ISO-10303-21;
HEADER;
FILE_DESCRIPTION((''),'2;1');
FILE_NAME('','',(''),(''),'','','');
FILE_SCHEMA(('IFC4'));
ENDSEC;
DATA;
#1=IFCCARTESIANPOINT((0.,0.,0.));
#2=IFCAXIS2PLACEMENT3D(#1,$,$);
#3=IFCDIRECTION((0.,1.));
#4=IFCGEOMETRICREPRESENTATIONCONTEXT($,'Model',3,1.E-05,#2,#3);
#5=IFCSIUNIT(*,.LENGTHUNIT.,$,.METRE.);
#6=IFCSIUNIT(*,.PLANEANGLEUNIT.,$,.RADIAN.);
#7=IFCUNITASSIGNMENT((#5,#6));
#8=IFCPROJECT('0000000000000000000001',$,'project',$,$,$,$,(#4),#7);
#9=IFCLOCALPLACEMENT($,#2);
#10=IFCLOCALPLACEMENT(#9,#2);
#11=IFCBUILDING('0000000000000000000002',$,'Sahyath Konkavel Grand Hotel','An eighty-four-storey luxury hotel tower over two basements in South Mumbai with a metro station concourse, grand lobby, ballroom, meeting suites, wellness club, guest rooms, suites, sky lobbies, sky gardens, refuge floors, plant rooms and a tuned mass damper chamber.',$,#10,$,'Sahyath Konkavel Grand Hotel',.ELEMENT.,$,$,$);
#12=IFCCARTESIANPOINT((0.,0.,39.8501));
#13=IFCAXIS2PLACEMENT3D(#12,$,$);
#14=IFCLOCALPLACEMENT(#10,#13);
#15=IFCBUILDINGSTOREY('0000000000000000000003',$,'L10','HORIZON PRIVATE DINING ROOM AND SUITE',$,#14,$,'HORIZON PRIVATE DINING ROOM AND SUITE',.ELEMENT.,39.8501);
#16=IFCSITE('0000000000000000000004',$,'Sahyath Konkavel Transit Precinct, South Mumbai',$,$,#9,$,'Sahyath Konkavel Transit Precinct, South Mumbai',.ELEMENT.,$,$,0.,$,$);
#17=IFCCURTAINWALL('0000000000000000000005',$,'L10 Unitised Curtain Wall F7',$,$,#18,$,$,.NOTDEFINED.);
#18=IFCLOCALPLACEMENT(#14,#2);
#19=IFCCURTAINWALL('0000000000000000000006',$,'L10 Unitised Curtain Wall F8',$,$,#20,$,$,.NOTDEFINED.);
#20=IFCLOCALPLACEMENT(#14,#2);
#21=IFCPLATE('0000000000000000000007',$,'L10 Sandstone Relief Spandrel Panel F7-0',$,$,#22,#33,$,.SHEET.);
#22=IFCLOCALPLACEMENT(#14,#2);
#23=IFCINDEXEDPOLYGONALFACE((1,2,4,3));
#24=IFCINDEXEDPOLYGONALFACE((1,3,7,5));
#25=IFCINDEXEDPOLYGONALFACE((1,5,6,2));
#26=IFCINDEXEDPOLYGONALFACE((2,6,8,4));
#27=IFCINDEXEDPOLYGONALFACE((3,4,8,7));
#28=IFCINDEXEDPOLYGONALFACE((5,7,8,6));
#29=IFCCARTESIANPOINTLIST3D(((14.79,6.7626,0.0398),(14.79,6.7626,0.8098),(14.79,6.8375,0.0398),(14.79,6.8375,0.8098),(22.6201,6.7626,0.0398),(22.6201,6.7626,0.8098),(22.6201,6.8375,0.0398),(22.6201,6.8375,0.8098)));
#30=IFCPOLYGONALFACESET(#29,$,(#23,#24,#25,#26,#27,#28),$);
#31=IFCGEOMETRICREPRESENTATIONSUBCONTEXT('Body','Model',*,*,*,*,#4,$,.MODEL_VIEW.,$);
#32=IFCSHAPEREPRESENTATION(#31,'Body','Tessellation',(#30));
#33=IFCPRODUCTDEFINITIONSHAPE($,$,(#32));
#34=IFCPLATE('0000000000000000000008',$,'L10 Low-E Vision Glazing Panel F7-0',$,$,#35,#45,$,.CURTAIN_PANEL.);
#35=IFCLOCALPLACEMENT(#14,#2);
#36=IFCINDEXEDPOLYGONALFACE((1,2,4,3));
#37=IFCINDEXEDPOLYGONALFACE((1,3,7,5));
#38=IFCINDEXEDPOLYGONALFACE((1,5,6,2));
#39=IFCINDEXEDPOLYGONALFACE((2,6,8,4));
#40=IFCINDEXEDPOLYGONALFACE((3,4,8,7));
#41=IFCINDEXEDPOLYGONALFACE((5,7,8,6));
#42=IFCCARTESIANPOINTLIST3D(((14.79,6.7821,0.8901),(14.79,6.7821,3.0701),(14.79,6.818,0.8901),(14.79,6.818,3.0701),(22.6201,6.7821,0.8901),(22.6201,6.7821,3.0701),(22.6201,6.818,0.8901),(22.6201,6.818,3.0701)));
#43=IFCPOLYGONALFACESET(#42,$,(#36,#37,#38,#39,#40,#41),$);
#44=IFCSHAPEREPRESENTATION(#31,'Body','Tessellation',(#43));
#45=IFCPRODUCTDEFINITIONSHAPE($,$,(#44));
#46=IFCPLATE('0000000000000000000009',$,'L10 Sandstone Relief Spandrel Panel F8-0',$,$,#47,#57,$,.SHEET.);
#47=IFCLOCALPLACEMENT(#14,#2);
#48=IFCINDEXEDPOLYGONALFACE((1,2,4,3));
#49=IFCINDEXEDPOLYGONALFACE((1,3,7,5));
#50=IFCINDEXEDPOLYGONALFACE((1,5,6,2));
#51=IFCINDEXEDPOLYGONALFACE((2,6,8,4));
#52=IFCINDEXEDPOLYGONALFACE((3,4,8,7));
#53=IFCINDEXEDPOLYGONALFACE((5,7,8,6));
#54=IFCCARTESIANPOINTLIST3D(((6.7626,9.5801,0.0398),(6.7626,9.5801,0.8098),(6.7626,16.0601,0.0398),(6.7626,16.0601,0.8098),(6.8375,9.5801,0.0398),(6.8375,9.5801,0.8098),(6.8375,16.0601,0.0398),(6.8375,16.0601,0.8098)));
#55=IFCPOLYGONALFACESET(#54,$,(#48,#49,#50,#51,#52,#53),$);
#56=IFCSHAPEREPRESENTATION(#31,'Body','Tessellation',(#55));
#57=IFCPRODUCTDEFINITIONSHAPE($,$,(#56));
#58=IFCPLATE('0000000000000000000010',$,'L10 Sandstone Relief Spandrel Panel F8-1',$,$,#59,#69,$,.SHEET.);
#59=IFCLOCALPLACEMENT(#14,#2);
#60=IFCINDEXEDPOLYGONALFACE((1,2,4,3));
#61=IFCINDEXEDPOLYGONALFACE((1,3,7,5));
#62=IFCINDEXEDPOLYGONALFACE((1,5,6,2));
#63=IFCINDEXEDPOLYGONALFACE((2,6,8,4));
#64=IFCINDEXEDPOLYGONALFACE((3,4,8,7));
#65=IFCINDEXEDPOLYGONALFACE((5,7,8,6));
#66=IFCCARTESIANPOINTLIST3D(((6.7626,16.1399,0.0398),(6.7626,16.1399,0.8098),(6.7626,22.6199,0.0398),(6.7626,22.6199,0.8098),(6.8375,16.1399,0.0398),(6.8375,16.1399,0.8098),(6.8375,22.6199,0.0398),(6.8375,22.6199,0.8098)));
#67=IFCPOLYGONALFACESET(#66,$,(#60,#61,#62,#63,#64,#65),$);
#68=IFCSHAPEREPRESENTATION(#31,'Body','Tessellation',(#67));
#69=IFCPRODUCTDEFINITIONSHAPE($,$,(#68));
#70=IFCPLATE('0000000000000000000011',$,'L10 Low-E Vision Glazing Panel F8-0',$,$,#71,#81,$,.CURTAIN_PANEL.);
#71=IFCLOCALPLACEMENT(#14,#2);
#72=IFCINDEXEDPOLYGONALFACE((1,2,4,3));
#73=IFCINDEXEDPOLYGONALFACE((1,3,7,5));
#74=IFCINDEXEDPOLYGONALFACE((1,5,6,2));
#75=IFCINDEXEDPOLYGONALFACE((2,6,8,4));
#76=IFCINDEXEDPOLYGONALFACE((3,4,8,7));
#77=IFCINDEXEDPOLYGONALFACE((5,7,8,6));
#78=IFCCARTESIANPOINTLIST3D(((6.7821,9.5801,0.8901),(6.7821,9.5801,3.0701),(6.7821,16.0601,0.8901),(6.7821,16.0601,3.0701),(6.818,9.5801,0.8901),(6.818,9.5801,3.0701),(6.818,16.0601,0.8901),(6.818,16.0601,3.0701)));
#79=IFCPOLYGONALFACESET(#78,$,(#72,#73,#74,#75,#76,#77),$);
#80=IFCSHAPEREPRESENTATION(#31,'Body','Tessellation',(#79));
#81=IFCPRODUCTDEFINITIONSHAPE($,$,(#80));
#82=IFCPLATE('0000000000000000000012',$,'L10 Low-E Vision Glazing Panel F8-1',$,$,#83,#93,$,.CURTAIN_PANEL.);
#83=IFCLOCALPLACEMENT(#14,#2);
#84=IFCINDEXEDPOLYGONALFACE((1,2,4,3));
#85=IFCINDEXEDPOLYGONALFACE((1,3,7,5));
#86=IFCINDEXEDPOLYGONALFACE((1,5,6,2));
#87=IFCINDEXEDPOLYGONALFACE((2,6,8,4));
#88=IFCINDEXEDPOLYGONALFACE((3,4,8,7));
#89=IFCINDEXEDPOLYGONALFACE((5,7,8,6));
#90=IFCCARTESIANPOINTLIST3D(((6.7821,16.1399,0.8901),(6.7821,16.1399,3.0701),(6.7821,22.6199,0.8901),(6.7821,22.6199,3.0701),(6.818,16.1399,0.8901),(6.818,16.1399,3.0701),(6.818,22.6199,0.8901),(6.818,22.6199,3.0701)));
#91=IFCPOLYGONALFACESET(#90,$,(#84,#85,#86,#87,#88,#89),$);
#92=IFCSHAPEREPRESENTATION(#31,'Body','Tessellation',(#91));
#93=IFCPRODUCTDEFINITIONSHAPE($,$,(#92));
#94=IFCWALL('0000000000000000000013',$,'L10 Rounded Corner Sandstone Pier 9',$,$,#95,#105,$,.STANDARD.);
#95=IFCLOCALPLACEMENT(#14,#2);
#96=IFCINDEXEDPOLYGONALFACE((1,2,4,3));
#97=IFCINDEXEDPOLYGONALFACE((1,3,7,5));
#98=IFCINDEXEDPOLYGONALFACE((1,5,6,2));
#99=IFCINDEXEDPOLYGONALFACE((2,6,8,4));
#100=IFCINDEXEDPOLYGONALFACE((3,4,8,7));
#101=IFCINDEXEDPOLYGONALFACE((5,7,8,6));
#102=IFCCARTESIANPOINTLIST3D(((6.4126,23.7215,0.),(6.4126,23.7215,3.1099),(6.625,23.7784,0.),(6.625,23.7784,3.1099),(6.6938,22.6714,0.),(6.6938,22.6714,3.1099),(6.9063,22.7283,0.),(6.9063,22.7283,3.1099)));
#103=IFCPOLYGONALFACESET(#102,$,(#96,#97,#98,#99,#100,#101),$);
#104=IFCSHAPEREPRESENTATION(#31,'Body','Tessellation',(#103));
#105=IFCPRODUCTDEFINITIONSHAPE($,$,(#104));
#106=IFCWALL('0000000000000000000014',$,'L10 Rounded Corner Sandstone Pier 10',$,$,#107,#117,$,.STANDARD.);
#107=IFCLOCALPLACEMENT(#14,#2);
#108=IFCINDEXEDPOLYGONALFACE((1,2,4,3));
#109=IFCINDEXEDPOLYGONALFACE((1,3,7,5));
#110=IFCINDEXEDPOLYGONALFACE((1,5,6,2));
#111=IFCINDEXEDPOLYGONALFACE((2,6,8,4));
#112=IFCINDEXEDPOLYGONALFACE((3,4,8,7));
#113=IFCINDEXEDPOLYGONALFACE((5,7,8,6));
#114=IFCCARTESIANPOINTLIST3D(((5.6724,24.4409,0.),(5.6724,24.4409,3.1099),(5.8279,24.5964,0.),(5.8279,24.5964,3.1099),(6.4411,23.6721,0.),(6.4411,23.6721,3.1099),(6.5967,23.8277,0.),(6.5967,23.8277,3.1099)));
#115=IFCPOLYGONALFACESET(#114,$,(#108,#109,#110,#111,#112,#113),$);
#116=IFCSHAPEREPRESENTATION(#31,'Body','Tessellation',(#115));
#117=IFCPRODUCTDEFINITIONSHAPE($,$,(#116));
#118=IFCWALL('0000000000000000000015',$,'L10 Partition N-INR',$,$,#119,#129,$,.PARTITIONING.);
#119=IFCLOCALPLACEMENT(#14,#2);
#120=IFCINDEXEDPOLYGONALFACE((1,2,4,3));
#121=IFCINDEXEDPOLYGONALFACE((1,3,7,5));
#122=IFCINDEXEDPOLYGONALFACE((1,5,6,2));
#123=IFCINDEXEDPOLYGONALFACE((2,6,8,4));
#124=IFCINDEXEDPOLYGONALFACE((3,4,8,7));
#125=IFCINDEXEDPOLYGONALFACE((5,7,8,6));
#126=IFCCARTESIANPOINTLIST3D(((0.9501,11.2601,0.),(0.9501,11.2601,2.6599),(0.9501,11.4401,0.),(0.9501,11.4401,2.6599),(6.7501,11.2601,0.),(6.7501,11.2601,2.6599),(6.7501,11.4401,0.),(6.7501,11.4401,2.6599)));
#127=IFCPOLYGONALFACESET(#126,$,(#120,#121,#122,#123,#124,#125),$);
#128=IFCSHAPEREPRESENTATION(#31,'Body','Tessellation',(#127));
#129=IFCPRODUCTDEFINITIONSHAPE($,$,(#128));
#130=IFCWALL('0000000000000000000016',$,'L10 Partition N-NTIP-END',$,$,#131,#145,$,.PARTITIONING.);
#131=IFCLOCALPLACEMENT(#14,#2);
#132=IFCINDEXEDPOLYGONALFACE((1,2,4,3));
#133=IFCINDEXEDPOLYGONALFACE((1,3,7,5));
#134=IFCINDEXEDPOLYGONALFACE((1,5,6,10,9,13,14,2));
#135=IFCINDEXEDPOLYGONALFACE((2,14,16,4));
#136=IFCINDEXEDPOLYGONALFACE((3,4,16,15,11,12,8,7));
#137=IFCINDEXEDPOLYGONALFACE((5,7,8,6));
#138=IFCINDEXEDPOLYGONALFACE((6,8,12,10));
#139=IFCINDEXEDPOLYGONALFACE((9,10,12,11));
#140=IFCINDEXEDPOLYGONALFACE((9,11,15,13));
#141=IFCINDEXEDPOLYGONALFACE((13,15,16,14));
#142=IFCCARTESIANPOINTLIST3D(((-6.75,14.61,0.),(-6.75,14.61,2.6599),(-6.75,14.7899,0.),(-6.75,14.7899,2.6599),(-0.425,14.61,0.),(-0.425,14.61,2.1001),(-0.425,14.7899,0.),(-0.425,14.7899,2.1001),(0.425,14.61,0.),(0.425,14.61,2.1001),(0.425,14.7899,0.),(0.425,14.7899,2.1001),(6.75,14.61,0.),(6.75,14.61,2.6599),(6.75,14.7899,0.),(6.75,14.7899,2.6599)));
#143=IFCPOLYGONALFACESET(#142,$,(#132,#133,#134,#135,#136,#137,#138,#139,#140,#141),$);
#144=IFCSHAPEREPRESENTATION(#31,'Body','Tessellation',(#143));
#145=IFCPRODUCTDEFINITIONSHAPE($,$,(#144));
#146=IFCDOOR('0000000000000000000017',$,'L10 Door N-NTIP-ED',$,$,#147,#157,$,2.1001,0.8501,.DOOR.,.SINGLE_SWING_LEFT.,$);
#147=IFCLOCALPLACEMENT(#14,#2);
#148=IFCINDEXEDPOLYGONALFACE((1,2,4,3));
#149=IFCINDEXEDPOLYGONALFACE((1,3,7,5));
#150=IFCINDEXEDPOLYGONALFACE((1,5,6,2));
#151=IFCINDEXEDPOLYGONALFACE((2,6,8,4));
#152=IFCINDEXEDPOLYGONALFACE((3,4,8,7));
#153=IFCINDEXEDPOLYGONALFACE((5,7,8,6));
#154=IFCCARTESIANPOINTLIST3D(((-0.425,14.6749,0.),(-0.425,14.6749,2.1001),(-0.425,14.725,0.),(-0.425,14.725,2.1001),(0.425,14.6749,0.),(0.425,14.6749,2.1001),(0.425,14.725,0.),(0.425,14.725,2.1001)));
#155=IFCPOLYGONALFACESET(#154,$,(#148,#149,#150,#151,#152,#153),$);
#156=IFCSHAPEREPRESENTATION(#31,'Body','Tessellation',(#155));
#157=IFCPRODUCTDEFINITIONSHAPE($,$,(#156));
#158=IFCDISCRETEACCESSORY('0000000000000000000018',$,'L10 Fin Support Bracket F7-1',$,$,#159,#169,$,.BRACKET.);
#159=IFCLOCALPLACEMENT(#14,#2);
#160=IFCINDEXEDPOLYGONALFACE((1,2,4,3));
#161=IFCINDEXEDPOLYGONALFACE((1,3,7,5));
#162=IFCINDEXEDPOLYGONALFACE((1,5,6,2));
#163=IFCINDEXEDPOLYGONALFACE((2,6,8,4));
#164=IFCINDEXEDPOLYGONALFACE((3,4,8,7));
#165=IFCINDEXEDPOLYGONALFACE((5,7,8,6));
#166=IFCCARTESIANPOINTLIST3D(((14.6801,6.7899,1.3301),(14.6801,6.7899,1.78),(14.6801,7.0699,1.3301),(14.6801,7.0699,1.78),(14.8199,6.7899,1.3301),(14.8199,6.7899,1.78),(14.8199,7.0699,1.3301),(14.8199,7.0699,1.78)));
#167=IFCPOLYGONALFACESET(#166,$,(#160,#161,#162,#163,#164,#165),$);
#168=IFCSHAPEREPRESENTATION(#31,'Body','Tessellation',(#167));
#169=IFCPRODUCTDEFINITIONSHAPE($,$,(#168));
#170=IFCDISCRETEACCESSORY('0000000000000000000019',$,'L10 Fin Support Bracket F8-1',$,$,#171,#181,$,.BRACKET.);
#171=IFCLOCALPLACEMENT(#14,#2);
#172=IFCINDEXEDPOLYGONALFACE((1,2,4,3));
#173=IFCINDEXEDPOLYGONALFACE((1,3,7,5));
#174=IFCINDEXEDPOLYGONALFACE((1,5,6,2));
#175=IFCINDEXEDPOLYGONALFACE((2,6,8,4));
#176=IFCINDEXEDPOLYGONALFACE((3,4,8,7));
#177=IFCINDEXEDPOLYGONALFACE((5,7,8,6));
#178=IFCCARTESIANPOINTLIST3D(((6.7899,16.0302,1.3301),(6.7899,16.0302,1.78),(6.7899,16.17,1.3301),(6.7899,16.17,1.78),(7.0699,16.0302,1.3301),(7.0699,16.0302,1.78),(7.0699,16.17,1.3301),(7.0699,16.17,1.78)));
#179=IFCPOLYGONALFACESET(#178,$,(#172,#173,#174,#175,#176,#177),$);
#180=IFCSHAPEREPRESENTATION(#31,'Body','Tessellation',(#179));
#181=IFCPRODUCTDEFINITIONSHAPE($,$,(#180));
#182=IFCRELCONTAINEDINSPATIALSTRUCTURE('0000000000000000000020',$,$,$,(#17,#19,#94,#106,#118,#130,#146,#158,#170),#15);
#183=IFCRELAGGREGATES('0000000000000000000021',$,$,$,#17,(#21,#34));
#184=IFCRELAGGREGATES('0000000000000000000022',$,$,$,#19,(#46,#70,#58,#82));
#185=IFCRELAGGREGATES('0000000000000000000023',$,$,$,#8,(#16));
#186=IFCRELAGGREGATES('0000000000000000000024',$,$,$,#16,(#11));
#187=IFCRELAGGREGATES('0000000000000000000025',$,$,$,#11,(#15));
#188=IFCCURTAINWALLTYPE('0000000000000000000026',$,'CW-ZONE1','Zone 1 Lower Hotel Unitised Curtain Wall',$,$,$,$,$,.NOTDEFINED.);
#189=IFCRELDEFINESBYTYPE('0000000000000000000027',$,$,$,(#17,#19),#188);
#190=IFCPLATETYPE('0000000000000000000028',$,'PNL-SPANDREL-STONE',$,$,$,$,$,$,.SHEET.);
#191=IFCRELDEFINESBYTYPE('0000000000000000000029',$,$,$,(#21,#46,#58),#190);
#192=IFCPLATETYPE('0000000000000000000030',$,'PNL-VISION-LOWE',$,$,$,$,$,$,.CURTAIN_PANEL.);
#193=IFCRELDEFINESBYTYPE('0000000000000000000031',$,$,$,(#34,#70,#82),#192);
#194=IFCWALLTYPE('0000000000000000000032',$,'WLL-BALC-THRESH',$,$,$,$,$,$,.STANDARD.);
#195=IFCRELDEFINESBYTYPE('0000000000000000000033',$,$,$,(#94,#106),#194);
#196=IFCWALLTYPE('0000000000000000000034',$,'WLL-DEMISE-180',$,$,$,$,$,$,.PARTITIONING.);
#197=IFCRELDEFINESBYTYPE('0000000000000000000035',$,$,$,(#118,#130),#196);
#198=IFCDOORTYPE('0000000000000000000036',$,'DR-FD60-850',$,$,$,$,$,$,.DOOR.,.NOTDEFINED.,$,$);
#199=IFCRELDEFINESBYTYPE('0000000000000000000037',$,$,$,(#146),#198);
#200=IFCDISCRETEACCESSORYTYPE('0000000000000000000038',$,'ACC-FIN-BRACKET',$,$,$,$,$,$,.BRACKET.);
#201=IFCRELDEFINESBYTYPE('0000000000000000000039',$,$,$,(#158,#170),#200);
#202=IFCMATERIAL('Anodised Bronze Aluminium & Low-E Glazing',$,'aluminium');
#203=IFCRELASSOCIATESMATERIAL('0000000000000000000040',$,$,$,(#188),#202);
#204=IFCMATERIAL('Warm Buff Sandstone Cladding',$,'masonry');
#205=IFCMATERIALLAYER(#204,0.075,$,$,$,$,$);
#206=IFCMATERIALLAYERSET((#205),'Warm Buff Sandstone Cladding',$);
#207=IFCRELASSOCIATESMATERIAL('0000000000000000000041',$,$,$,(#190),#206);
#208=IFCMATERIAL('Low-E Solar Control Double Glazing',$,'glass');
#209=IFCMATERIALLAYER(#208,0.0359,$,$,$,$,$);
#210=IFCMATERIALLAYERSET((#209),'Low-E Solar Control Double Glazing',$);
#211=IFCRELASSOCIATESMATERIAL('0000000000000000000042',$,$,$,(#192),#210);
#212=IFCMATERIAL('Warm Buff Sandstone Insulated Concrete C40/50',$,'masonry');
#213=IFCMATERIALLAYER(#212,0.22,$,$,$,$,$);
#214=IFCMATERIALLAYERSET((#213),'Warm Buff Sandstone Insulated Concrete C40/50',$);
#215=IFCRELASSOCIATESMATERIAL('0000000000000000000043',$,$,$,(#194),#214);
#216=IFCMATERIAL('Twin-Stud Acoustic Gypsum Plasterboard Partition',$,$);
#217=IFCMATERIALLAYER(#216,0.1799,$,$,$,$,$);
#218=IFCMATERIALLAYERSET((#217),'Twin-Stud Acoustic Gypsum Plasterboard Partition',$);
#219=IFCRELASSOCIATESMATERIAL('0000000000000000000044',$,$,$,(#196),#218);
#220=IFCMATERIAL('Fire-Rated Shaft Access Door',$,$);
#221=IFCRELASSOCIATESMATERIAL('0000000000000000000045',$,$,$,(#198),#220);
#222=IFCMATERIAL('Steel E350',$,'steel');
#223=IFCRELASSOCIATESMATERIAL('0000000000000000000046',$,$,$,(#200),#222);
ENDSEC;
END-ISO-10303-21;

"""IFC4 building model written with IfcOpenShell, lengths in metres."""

from ifc_helpers import new_model, si_unit, direction, frame, frame_2d, origin, origin_2d, place, context, subcontext, project, spatial, rectangle, extrude, source, transform, mapped, material, layer, layer_set, type_object, element, fill, aggregate, save


model = new_model("IFC4")

# Units and contexts
model_context = context("Model", 3, precision=1e-05, world=origin(), true_north=direction((0.0, 1.0)))
body_context = subcontext(model_context, "Body", "Model", "MODEL_VIEW")
ifc_project = project(units=[si_unit("LENGTHUNIT", "METRE"), si_unit("PLANEANGLEUNIT", "RADIAN")], contexts=[model_context])

# Site, building, storey
site_placement = place(None, origin())
site = spatial("IfcSite", under=ifc_project, at=site_placement, Name="Sahyath Konkavel Transit Precinct, South Mumbai", LongName="Sahyath Konkavel Transit Precinct, South Mumbai", CompositionType="ELEMENT", RefElevation=0.0)
building_placement = place(site_placement, origin())
building = spatial("IfcBuilding", under=site, at=building_placement, Name="Sahyath Konkavel Grand Hotel", Description="An eighty-four-storey luxury hotel tower over two basements in South Mumbai with a metro station concourse, grand lobby, ballroom, meeting suites, wellness club, guest rooms, suites, sky lobbies, sky gardens, refuge floors, plant rooms and a tuned mass damper chamber.", LongName="Sahyath Konkavel Grand Hotel", CompositionType="ELEMENT")
storey_placement = place(building_placement, frame((0.0, 0.0, 39.8501)))
storey = spatial("IfcBuildingStorey", under=building, at=storey_placement, Name="L10", Description="HORIZON PRIVATE DINING ROOM AND SUITE", LongName="HORIZON PRIVATE DINING ROOM AND SUITE", CompositionType="ELEMENT", Elevation=39.8501)

# Curtain walls
ifc_material_1 = material(Name="Anodised Bronze Aluminium & Low-E Glazing", Category="aluminium")
curtain_wall_type = type_object("IfcCurtainWallType", Name="CW-ZONE1", Description="Zone 1 Lower Hotel Unitised Curtain Wall", PredefinedType="NOTDEFINED", material=ifc_material_1)
curtain_wall_1_placement = place(storey_placement, origin())
curtain_wall_1 = element("IfcCurtainWall", 1, at=curtain_wall_1_placement, inside=storey, type_object=curtain_wall_type, Name="L10 Unitised Curtain Wall F7", PredefinedType="NOTDEFINED")
curtain_wall_2_placement = place(storey_placement, origin())
curtain_wall_2 = element("IfcCurtainWall", 2, at=curtain_wall_2_placement, inside=storey, type_object=curtain_wall_type, Name="L10 Unitised Curtain Wall F8", PredefinedType="NOTDEFINED")

# Plates
ifc_material_2 = material(Name="Warm Buff Sandstone Cladding", Category="masonry")
ifc_layer_1 = layer(ifc_material_2, 0.075)
ifc_layer_set_1 = layer_set([ifc_layer_1], Name="Warm Buff Sandstone Cladding")
plate_type_1 = type_object("IfcPlateType", Name="PNL-SPANDREL-STONE", PredefinedType="SHEET", material=ifc_layer_set_1)
shared_shape_1 = source(origin(), body_context, "Body", "SweptSolid", [
    extrude(rectangle(XDim=7.8301, YDim=0.075, at=origin_2d()), origin(), (0.0, 0.0, 1.0), 0.77),
])
plate_1_placement = place(storey_placement, frame((18.7051, 6.8, 0.0398), z_axis=(0.0, 0.0, 1.0), x_axis=(-1.0, 0.0, 0.0)))
plate_1 = element("IfcPlate", 3, at=plate_1_placement, type_object=plate_type_1, Name="L10 Sandstone Relief Spandrel Panel F7-0", PredefinedType="SHEET", context=body_context, shape_type="MappedRepresentation", body=[
    mapped(shared_shape_1, transform((0.0, 0.0, 0.0), scale=1.0)),
])
ifc_material_3 = material(Name="Low-E Solar Control Double Glazing", Category="glass")
ifc_layer_2 = layer(ifc_material_3, 0.0359)
ifc_layer_set_2 = layer_set([ifc_layer_2], Name="Low-E Solar Control Double Glazing")
plate_type_2 = type_object("IfcPlateType", Name="PNL-VISION-LOWE", PredefinedType="CURTAIN_PANEL", material=ifc_layer_set_2)
shared_shape_2 = source(origin(), body_context, "Body", "SweptSolid", [
    extrude(rectangle(XDim=7.8301, YDim=0.0359, at=origin_2d()), origin(), (0.0, 0.0, 1.0), 2.1799),
])
plate_2_placement = place(storey_placement, frame((18.7051, 6.8, 0.8901), z_axis=(0.0, 0.0, 1.0), x_axis=(-1.0, 0.0, 0.0)))
plate_2 = element("IfcPlate", 4, at=plate_2_placement, type_object=plate_type_2, Name="L10 Low-E Vision Glazing Panel F7-0", PredefinedType="CURTAIN_PANEL", context=body_context, shape_type="MappedRepresentation", body=[
    mapped(shared_shape_2, transform((0.0, 0.0, 0.0), scale=1.0)),
])
aggregate(curtain_wall_1, [plate_1, plate_2])
shared_shape_3 = source(origin(), body_context, "Body", "SweptSolid", [
    extrude(rectangle(XDim=6.48, YDim=0.075, at=origin_2d()), origin(), (0.0, 0.0, 1.0), 0.77),
])
plate_3_placement = place(storey_placement, frame((6.8, 12.8201, 0.0398), z_axis=(0.0, 0.0, 1.0), x_axis=(0.0, 1.0, 0.0)))
plate_3 = element("IfcPlate", 5, at=plate_3_placement, type_object=plate_type_1, Name="L10 Sandstone Relief Spandrel Panel F8-0", PredefinedType="SHEET", context=body_context, shape_type="MappedRepresentation", body=[
    mapped(shared_shape_3, transform((0.0, 0.0, 0.0), scale=1.0)),
])
plate_4_placement = place(storey_placement, frame((6.8, 19.3799, 0.0398), z_axis=(0.0, 0.0, 1.0), x_axis=(0.0, 1.0, 0.0)))
plate_4 = element("IfcPlate", 6, at=plate_4_placement, type_object=plate_type_1, Name="L10 Sandstone Relief Spandrel Panel F8-1", PredefinedType="SHEET", context=body_context, shape_type="MappedRepresentation", body=[
    mapped(shared_shape_3, transform((0.0, 0.0, 0.0), scale=1.0)),
])
shared_shape_4 = source(origin(), body_context, "Body", "SweptSolid", [
    extrude(rectangle(XDim=6.48, YDim=0.0359, at=origin_2d()), origin(), (0.0, 0.0, 1.0), 2.1799),
])
plate_5_placement = place(storey_placement, frame((6.8, 12.8201, 0.8901), z_axis=(0.0, 0.0, 1.0), x_axis=(0.0, 1.0, 0.0)))
plate_5 = element("IfcPlate", 7, at=plate_5_placement, type_object=plate_type_2, Name="L10 Low-E Vision Glazing Panel F8-0", PredefinedType="CURTAIN_PANEL", context=body_context, shape_type="MappedRepresentation", body=[
    mapped(shared_shape_4, transform((0.0, 0.0, 0.0), scale=1.0)),
])
plate_6_placement = place(storey_placement, frame((6.8, 19.3799, 0.8901), z_axis=(0.0, 0.0, 1.0), x_axis=(0.0, 1.0, 0.0)))
plate_6 = element("IfcPlate", 8, at=plate_6_placement, type_object=plate_type_2, Name="L10 Low-E Vision Glazing Panel F8-1", PredefinedType="CURTAIN_PANEL", context=body_context, shape_type="MappedRepresentation", body=[
    mapped(shared_shape_4, transform((0.0, 0.0, 0.0), scale=1.0)),
])
aggregate(curtain_wall_2, [plate_3, plate_5, plate_4, plate_6])

# Walls
ifc_material_4 = material(Name="Warm Buff Sandstone Insulated Concrete C40/50", Category="masonry")
ifc_layer_3 = layer(ifc_material_4, 0.22)
ifc_layer_set_3 = layer_set([ifc_layer_3], Name="Warm Buff Sandstone Insulated Concrete C40/50")
wall_type_1 = type_object("IfcWallType", Name="WLL-BALC-THRESH", PredefinedType="STANDARD", material=ifc_layer_set_3)
for number, where, z_axis, x_axis, name in (
    (9, (6.8, 22.7, 0.0), (0.0, 0.0, 1.0), (-0.258725, 0.965951, 0.0), "L10 Rounded Corner Sandstone Pier 9"),
    (10, (6.5188, 23.75, 0.0), (0.0, 0.0, 1.0), (-0.707107, 0.707107, 0.0), "L10 Rounded Corner Sandstone Pier 10"),
):
    element("IfcWall", number, at=place(storey_placement, frame(where, z_axis=z_axis, x_axis=x_axis)), inside=storey, type_object=wall_type_1, Name=name, PredefinedType="STANDARD", context=body_context, shape_type="SweptSolid", body=[
        extrude(rectangle(XDim=1.0872, YDim=0.22, at=frame_2d((0.5435, 0.0))), origin(), (0.0, 0.0, 1.0), 3.1099),
    ])
ifc_material_5 = material(Name="Twin-Stud Acoustic Gypsum Plasterboard Partition")
ifc_layer_4 = layer(ifc_material_5, 0.1799)
ifc_layer_set_4 = layer_set([ifc_layer_4], Name="Twin-Stud Acoustic Gypsum Plasterboard Partition")
wall_type_2 = type_object("IfcWallType", Name="WLL-DEMISE-180", PredefinedType="PARTITIONING", material=ifc_layer_set_4)
wall_1_placement = place(storey_placement, frame((6.75, 11.3501, 0.0), z_axis=(0.0, 0.0, 1.0), x_axis=(-1.0, 0.0, 0.0)))
element("IfcWall", 11, at=wall_1_placement, inside=storey, type_object=wall_type_2, Name="L10 Partition N-INR", PredefinedType="PARTITIONING", context=body_context, shape_type="SweptSolid", body=[
    extrude(rectangle(XDim=5.8, YDim=0.1799, at=frame_2d((2.8999, 0.0))), origin(), (0.0, 0.0, 1.0), 2.6599),
])

# Wall, opening, door
wall_2_placement = place(storey_placement, frame((6.75, 14.7, 0.0), z_axis=(0.0, 0.0, 1.0), x_axis=(-1.0, 0.0, 0.0)))
wall_2 = element("IfcWall", 12, at=wall_2_placement, inside=storey, type_object=wall_type_2, Name="L10 Partition N-NTIP-END", PredefinedType="PARTITIONING", context=body_context, shape_type="SweptSolid", body=[
    extrude(rectangle(XDim=13.5, YDim=0.1799, at=frame_2d((6.75, 0.0))), origin(), (0.0, 0.0, 1.0), 2.6599),
])
opening_placement = place(wall_2_placement, frame((6.325, 0.0, 0.0)))
opening = element("IfcOpeningElement", 13, at=opening_placement, cuts=wall_2, PredefinedType="OPENING", context=body_context, shape_type="SweptSolid", body=[
    extrude(rectangle(XDim=0.8501, YDim=2.1001, at=frame_2d((0.425, 1.05))), frame((0.0, 0.1001, 0.0), z_axis=(0.0, -1.0, 0.0), x_axis=(1.0, 0.0, 0.0)), (0.0, 0.0, 1.0), 0.2),
])
ifc_material_6 = material(Name="Fire-Rated Shaft Access Door")
door_type = type_object("IfcDoorType", Name="DR-FD60-850", OperationType="NOTDEFINED", PredefinedType="DOOR", material=ifc_material_6)
shared_shape_5 = source(origin(), body_context, "Body", "SweptSolid", [
    extrude(rectangle(XDim=0.8501, YDim=0.05, at=origin_2d()), origin(), (0.0, 0.0, 1.0), 2.1001),
])
door_placement = place(opening_placement, frame((0.425, 0.0, 0.0)))
door = element("IfcDoor", 14, at=door_placement, inside=storey, type_object=door_type, Name="L10 Door N-NTIP-ED", OperationType="SINGLE_SWING_LEFT", OverallHeight=2.1001, OverallWidth=0.8501, PredefinedType="DOOR", context=body_context, shape_type="MappedRepresentation", body=[
    mapped(shared_shape_5, transform((0.0, 0.0, 0.0), scale=1.0)),
])
fill(opening, door)

# Discrete accessories
ifc_material_7 = material(Name="Steel E350", Category="steel")
discrete_accessory_type = type_object("IfcDiscreteAccessoryType", Name="ACC-FIN-BRACKET", PredefinedType="BRACKET", material=ifc_material_7)
shared_shape_6 = source(origin(), body_context, "Body", "SweptSolid", [
    extrude(rectangle(XDim=0.28, YDim=0.1399, at=origin_2d()), origin(), (0.0, 0.0, 1.0), 0.45),
])
for number, where, z_axis, x_axis, name in (
    (15, (14.75, 6.9299, 1.3301), (0.0, 0.0, 1.0), (0.0, 1.0, 0.0), "L10 Fin Support Bracket F7-1"),
    (16, (6.9299, 16.1001, 1.3301), (0.0, 0.0, 1.0), (1.0, 0.0, 0.0), "L10 Fin Support Bracket F8-1"),
):
    element("IfcDiscreteAccessory", number, at=place(storey_placement, frame(where, z_axis=z_axis, x_axis=x_axis)), inside=storey, type_object=discrete_accessory_type, Name=name, PredefinedType="BRACKET", context=body_context, shape_type="MappedRepresentation", body=[
        mapped(shared_shape_6, transform((0.0, 0.0, 0.0), scale=1.0)),
    ])

save(model, "model.ifc")
